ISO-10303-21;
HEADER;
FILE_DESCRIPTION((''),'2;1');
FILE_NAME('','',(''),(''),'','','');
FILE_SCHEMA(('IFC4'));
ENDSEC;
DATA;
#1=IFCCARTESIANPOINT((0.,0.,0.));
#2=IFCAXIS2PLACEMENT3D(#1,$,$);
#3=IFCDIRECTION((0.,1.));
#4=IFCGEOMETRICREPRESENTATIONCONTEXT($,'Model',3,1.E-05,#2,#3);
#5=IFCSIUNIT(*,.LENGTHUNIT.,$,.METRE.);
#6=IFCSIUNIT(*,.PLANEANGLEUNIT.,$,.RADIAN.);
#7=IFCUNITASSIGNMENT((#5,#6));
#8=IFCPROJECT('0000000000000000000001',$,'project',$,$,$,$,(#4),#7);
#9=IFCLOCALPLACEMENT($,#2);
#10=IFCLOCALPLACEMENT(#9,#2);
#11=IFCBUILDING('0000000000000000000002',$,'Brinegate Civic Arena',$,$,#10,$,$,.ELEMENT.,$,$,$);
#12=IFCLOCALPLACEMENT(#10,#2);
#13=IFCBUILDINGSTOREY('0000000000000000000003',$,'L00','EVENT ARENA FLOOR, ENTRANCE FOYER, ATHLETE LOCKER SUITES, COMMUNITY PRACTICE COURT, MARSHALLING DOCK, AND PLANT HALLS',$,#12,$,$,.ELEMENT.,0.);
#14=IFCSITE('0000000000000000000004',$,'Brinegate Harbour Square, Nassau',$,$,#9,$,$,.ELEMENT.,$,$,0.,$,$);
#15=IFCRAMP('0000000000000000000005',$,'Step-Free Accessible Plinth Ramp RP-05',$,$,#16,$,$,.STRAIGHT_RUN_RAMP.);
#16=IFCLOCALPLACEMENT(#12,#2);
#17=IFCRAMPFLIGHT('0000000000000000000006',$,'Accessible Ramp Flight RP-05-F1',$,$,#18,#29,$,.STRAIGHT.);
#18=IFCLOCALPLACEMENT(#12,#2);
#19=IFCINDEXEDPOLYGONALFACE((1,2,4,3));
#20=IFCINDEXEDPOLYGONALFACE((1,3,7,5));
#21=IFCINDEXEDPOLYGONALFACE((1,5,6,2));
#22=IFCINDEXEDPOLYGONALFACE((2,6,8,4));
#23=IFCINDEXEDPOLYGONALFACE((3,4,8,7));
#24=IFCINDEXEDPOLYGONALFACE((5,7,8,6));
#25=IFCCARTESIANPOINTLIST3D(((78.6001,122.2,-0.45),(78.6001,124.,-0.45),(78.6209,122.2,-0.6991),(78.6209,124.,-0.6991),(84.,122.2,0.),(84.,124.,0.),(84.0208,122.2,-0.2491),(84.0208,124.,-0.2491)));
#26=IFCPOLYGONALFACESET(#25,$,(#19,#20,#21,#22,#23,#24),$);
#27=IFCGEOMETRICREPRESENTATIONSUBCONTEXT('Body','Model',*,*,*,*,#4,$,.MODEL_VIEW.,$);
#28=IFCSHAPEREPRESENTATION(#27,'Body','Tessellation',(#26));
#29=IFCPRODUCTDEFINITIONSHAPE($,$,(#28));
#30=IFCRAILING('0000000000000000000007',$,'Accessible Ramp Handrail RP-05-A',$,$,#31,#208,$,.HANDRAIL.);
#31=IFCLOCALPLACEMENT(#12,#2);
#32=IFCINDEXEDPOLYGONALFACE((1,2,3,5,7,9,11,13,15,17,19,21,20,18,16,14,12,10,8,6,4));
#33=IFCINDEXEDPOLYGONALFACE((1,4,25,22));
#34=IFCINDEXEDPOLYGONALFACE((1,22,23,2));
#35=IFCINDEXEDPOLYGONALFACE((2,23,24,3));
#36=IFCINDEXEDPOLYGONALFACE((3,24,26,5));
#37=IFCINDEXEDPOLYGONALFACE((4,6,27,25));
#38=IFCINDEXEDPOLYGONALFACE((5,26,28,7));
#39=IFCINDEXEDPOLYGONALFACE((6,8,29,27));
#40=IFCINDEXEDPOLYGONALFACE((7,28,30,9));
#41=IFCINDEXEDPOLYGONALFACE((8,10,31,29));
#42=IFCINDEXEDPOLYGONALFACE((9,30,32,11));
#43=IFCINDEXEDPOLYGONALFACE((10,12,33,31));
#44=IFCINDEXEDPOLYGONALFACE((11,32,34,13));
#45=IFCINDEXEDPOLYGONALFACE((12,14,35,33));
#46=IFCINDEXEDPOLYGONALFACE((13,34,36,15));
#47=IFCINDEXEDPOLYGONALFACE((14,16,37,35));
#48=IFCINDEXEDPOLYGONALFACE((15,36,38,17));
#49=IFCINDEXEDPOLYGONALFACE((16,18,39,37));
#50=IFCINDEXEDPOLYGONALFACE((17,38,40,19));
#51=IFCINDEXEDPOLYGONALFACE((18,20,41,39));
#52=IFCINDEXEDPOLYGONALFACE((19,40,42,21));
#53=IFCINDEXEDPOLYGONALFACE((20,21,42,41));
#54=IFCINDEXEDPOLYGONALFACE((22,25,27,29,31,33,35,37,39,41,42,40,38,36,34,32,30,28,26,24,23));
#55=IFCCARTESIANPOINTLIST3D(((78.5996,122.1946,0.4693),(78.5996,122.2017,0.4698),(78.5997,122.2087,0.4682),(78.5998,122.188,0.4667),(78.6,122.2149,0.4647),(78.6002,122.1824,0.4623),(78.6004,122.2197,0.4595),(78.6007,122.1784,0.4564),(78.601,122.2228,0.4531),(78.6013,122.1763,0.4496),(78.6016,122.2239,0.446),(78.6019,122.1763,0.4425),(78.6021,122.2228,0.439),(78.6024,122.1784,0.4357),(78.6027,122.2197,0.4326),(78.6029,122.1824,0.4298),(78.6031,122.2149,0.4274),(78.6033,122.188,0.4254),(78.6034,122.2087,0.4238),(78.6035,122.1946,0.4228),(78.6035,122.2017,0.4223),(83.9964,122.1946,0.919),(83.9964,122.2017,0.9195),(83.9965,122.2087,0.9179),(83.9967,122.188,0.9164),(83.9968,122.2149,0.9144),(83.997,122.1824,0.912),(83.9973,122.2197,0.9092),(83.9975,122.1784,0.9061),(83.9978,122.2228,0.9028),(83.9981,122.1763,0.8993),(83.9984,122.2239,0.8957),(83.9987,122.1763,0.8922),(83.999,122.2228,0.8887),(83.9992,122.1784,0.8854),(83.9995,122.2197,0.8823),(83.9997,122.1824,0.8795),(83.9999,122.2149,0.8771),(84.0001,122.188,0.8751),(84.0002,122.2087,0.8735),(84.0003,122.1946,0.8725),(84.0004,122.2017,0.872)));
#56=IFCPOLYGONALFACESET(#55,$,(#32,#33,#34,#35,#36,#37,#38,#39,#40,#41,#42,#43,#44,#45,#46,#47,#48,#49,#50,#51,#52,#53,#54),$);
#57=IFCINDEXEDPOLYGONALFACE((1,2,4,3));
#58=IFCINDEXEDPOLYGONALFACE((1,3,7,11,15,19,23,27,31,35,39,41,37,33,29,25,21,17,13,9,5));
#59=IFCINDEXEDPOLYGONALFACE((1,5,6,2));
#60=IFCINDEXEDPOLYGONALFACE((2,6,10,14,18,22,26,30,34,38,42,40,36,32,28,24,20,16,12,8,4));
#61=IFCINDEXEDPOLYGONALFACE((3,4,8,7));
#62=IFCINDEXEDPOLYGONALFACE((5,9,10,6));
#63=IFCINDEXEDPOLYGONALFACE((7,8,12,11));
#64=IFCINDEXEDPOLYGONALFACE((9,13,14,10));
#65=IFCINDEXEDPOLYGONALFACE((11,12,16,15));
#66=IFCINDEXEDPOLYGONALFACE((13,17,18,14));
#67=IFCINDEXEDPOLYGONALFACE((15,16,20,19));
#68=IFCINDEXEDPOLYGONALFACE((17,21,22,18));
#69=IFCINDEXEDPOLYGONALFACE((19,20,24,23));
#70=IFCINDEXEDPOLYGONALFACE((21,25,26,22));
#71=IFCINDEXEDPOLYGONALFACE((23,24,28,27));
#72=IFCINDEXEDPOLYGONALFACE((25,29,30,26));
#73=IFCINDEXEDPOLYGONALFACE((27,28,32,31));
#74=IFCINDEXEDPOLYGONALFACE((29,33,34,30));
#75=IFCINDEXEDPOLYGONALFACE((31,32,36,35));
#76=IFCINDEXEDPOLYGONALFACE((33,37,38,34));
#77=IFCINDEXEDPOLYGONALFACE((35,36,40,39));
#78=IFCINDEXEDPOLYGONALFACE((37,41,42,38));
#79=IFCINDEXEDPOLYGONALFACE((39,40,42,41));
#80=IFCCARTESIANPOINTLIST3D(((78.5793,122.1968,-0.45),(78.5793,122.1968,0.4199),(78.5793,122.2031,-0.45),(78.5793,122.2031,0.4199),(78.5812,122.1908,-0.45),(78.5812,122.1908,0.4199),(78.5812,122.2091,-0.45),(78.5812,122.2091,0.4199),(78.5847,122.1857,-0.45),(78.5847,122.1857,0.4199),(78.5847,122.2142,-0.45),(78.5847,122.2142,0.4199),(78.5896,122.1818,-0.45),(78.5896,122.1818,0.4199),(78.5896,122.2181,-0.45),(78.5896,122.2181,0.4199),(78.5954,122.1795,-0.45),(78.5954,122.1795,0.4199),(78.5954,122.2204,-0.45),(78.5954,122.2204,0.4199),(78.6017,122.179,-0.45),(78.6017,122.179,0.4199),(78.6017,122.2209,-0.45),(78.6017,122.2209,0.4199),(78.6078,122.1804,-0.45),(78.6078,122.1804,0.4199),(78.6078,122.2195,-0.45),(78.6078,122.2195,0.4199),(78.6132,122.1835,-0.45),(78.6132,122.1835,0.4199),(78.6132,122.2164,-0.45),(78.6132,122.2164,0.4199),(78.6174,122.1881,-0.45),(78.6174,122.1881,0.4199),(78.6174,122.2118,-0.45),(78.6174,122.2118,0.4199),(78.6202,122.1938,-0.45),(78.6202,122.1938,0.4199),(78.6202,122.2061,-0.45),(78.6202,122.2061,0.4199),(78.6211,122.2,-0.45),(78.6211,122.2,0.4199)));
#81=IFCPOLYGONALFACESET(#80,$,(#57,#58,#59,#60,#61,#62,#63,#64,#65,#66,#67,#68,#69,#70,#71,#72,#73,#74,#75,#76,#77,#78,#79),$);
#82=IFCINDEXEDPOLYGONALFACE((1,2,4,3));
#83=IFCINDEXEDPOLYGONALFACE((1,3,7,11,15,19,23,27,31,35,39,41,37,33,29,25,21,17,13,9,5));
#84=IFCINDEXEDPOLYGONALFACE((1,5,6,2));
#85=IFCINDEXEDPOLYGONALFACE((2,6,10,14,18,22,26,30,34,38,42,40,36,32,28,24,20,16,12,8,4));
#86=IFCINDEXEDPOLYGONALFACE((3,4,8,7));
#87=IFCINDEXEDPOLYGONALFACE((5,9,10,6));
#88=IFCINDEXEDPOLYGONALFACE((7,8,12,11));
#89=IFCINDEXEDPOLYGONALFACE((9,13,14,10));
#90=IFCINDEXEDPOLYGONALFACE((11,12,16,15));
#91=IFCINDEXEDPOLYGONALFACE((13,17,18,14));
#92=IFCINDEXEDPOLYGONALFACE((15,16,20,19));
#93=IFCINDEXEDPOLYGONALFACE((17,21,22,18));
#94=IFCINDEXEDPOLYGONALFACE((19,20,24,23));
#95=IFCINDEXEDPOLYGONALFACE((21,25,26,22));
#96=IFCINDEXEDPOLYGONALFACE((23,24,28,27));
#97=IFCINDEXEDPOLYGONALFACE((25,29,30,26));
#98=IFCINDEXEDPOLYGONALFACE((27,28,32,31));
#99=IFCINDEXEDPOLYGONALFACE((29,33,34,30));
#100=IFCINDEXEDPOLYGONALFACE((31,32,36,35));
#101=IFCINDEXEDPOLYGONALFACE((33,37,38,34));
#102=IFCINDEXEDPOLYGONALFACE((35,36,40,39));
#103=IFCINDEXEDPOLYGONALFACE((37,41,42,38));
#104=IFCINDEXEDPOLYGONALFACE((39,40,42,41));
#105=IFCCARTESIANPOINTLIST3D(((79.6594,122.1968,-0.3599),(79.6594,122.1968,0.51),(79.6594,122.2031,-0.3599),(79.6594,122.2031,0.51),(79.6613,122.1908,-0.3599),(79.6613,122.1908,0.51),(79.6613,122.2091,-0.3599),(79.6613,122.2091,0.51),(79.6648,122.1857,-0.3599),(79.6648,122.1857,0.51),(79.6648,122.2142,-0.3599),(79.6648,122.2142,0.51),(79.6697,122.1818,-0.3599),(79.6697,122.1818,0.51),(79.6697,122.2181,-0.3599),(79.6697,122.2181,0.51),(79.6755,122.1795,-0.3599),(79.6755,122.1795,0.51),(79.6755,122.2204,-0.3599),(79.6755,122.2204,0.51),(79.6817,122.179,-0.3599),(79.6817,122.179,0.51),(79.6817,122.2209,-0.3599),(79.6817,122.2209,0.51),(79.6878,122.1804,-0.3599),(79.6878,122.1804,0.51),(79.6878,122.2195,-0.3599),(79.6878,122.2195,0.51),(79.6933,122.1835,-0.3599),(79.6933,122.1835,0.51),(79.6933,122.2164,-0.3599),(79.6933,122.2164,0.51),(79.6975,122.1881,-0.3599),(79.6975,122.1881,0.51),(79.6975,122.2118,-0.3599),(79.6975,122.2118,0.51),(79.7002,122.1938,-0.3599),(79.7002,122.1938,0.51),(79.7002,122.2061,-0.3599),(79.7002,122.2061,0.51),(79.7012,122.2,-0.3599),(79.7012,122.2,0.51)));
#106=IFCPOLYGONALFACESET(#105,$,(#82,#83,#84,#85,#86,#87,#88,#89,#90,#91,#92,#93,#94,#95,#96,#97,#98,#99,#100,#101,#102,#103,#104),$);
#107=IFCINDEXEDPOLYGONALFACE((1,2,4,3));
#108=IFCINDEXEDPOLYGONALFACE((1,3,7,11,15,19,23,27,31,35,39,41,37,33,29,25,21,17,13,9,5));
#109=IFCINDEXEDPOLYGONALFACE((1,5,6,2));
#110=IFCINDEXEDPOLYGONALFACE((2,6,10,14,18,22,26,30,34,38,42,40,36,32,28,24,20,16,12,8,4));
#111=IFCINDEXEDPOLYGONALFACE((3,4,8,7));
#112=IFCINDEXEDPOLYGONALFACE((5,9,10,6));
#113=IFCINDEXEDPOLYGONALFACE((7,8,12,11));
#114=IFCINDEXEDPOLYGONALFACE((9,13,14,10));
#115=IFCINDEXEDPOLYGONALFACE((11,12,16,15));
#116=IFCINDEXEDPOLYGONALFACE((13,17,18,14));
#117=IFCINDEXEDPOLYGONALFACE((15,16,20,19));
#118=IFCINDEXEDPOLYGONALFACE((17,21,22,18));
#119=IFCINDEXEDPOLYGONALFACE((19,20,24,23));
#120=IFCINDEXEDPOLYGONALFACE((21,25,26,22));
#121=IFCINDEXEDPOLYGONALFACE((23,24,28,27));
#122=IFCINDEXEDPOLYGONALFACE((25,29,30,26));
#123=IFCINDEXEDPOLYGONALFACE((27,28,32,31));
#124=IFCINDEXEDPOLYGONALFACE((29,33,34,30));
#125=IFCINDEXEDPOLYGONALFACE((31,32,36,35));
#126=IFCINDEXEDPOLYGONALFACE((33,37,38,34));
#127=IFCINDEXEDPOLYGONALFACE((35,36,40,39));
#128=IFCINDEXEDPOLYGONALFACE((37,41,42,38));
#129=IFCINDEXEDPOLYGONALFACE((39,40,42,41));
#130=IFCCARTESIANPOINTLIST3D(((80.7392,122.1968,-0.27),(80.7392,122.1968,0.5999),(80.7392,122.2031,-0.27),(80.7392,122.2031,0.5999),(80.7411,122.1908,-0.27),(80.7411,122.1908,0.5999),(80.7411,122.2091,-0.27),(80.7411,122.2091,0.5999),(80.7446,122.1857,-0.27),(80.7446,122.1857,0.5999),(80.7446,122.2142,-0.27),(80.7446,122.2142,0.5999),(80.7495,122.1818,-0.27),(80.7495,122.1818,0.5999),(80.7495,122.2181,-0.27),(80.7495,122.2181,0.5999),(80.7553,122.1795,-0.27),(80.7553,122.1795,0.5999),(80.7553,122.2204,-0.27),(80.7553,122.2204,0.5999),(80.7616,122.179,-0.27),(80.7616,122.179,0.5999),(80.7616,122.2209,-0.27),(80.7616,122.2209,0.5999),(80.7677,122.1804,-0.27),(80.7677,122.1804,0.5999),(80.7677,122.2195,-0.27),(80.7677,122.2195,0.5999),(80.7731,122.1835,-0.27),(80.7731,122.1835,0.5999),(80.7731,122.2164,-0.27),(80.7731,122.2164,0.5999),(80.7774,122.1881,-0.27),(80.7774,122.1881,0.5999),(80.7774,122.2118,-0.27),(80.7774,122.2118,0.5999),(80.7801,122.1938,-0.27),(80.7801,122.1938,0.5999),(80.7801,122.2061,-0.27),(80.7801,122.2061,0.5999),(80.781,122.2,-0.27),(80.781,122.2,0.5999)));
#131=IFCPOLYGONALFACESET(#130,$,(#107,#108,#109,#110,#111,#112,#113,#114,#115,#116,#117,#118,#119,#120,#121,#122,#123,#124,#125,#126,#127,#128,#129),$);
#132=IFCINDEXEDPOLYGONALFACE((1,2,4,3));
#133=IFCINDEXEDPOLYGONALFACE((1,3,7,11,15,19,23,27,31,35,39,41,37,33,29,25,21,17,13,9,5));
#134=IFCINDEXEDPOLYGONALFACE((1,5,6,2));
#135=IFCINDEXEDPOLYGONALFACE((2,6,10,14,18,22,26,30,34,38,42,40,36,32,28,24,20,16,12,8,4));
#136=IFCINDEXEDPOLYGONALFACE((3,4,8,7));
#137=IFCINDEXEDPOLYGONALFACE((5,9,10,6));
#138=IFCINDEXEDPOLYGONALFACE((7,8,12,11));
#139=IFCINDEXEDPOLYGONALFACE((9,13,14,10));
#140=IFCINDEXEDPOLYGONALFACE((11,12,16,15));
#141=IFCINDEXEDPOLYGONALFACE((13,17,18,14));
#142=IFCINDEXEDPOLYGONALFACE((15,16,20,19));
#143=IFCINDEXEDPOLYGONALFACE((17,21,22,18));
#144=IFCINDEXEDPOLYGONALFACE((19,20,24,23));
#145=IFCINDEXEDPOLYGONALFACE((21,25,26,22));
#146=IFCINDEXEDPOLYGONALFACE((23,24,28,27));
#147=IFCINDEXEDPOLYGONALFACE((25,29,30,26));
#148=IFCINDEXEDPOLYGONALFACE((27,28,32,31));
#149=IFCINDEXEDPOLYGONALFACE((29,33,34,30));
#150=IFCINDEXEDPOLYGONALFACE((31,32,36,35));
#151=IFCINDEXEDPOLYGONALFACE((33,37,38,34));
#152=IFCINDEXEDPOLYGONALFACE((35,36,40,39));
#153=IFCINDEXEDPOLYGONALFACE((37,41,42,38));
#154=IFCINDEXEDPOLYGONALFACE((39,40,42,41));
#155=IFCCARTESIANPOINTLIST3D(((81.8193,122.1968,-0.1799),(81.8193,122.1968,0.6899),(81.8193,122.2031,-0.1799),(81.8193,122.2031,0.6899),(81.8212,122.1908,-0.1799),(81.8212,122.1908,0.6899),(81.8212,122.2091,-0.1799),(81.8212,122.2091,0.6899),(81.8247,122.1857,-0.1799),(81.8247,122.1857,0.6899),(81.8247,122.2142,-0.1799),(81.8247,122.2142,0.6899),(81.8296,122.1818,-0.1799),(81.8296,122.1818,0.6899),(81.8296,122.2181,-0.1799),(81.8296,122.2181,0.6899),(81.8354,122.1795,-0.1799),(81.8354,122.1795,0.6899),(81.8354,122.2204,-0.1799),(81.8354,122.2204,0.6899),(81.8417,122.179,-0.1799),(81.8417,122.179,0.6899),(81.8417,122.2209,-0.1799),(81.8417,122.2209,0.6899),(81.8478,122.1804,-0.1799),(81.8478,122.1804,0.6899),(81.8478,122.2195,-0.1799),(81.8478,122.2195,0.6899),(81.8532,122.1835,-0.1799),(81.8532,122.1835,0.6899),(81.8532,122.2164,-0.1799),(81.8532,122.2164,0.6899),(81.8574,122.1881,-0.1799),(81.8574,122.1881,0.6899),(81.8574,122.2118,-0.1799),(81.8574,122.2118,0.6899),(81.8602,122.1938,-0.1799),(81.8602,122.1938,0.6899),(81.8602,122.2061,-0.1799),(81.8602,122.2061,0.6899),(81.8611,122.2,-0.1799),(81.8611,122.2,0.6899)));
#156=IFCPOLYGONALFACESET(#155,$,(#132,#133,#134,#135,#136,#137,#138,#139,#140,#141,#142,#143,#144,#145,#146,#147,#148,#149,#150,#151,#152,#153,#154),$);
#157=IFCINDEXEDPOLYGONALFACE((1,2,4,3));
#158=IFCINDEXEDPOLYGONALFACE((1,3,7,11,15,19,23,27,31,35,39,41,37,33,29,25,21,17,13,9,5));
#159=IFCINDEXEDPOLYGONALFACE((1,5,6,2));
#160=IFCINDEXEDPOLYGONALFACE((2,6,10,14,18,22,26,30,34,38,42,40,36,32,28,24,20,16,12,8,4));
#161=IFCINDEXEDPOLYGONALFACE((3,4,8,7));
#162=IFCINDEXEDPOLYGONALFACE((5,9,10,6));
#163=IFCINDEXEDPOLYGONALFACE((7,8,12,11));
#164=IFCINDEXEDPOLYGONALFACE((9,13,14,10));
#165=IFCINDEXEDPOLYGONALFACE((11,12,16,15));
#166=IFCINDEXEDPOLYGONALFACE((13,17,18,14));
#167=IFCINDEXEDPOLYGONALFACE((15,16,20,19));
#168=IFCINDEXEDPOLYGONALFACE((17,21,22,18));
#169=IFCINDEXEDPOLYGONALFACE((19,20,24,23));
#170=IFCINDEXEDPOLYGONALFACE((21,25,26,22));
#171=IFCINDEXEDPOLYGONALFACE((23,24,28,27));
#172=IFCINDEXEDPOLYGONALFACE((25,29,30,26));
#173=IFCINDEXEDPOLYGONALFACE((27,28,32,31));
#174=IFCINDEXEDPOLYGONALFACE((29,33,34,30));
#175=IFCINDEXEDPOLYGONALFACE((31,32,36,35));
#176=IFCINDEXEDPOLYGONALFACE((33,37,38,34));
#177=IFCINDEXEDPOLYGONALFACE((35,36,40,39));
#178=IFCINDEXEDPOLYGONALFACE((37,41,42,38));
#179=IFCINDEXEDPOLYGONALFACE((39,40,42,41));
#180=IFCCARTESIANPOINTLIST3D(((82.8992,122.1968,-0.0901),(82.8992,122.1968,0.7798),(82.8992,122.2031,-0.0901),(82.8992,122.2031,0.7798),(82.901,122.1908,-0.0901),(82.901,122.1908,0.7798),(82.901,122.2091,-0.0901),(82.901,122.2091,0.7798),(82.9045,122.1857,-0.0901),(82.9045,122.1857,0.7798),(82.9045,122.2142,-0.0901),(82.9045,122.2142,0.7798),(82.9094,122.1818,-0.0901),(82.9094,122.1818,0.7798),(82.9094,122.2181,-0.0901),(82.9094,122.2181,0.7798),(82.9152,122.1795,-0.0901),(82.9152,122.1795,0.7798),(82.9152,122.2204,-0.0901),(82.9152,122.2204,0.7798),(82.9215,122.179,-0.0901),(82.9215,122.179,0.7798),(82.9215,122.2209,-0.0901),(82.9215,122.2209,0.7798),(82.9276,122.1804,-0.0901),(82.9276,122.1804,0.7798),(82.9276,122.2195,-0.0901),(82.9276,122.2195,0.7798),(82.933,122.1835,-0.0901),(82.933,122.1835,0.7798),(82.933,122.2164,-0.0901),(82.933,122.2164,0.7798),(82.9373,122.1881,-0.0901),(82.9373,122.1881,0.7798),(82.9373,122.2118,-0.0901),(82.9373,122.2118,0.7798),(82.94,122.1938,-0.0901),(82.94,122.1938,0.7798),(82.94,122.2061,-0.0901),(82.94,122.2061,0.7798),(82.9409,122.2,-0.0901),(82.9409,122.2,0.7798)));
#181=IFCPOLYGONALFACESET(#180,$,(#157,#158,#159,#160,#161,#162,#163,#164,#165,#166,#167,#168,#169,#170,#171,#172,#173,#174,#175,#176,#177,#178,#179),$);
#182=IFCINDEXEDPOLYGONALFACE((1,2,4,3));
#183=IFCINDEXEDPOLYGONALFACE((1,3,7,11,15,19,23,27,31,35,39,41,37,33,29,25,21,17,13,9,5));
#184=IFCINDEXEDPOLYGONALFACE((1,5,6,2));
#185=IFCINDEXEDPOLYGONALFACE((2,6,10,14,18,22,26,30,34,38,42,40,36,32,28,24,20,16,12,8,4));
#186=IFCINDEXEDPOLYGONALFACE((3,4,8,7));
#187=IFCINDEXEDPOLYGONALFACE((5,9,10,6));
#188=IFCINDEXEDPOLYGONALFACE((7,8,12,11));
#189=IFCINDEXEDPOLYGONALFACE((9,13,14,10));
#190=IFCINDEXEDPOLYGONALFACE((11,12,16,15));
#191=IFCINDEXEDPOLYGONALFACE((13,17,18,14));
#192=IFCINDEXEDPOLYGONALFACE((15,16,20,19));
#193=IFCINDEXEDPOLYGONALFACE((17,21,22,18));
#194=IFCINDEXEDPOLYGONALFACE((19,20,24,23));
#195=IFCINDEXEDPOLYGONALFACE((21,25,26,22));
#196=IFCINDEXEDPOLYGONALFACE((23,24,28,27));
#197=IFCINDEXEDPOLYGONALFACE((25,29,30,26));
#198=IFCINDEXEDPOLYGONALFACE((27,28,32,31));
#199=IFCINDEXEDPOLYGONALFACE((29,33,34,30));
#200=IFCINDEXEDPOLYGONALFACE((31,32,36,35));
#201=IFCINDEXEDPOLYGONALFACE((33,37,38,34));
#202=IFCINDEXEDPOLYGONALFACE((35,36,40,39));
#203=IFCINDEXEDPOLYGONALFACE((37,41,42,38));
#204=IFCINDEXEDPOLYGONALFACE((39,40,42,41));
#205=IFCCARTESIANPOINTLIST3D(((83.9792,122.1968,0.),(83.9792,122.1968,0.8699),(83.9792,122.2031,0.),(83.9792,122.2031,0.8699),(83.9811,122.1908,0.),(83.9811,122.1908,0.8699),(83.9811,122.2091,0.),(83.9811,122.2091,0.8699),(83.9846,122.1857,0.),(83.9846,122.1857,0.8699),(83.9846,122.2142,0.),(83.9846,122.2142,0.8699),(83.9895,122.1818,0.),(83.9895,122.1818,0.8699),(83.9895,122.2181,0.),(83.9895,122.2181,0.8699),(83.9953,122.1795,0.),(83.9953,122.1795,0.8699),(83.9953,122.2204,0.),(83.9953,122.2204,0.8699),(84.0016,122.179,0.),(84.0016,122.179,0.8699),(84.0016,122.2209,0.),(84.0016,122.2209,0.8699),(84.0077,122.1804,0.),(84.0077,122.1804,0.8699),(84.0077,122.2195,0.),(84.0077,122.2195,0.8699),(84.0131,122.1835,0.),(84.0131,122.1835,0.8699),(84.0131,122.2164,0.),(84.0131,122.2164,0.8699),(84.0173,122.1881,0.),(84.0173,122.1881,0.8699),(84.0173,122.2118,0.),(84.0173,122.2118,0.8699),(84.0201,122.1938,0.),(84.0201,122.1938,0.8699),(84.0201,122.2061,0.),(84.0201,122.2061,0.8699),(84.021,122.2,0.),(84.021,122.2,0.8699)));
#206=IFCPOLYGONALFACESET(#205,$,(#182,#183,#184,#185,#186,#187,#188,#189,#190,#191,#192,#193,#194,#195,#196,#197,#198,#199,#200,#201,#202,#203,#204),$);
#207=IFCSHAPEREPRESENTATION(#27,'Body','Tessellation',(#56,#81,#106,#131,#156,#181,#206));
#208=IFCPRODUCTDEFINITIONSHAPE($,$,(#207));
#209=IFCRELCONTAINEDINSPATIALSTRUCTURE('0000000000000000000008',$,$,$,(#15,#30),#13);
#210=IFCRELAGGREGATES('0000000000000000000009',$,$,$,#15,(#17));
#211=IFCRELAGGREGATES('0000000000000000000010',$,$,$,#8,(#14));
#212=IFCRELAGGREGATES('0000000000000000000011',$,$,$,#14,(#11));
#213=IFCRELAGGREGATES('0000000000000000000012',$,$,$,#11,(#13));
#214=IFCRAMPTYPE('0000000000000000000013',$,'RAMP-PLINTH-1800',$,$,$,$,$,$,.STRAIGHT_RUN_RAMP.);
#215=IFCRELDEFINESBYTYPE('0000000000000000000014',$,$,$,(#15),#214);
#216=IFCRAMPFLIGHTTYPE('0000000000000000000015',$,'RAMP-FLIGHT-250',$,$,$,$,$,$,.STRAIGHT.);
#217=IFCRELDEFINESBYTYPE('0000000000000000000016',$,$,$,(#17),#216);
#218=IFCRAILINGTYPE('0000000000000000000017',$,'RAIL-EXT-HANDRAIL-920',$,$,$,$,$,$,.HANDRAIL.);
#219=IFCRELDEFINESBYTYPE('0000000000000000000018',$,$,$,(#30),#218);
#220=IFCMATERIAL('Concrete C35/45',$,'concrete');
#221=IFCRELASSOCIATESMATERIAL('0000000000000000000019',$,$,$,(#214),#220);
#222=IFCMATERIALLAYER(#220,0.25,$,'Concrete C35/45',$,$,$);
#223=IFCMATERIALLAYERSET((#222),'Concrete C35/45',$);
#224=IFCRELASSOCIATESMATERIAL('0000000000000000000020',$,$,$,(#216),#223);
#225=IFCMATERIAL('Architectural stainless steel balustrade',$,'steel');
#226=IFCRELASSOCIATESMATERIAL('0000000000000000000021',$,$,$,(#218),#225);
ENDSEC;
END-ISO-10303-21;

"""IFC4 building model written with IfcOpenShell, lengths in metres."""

from ifc_helpers import new_model, si_unit, direction, frame, origin, origin_2d, place, context, subcontext, project, spatial, polyline, circle, outline, extrude, material, layer, layer_set, type_object, element, aggregate, save


model = new_model("IFC4")

# Units and contexts
model_context = context("Model", 3, precision=1e-05, world=origin(), true_north=direction((0.0, 1.0)))
body_context = subcontext(model_context, "Body", "Model", "MODEL_VIEW")
ifc_project = project(units=[si_unit("LENGTHUNIT", "METRE"), si_unit("PLANEANGLEUNIT", "RADIAN")], contexts=[model_context])

# Site, building, storey
site_placement = place(None, origin())
site = spatial("IfcSite", under=ifc_project, at=site_placement, Name="Brinegate Harbour Square, Nassau", CompositionType="ELEMENT", RefElevation=0.0)
building_placement = place(site_placement, origin())
building = spatial("IfcBuilding", under=site, at=building_placement, Name="Brinegate Civic Arena", CompositionType="ELEMENT")
storey_placement = place(building_placement, origin())
storey = spatial("IfcBuildingStorey", under=building, at=storey_placement, Name="L00", Description="EVENT ARENA FLOOR, ENTRANCE FOYER, ATHLETE LOCKER SUITES, COMMUNITY PRACTICE COURT, MARSHALLING DOCK, AND PLANT HALLS", CompositionType="ELEMENT", Elevation=0.0)

# Ramp, ramp flight
ifc_material_1 = material(Name="Concrete C35/45", Category="concrete")
ramp_type = type_object("IfcRampType", Name="RAMP-PLINTH-1800", PredefinedType="STRAIGHT_RUN_RAMP", material=ifc_material_1)
ramp_placement = place(storey_placement, origin())
ramp = element("IfcRamp", 1, at=ramp_placement, inside=storey, type_object=ramp_type, Name="Step-Free Accessible Plinth Ramp RP-05", PredefinedType="STRAIGHT_RUN_RAMP")
ifc_layer_1 = layer(ifc_material_1, 0.25, Name="Concrete C35/45")
ifc_layer_set_1 = layer_set([ifc_layer_1], Name="Concrete C35/45")
ramp_flight_type = type_object("IfcRampFlightType", Name="RAMP-FLIGHT-250", PredefinedType="STRAIGHT", material=ifc_layer_set_1)
ramp_flight_placement = place(storey_placement, frame((78.6001, 122.2, -0.45), z_axis=(-0.083038, 0.0, 0.996546), x_axis=(0.996546, 0.0, 0.083038)))
ramp_flight = element("IfcRampFlight", 2, at=ramp_flight_placement, type_object=ramp_flight_type, Name="Accessible Ramp Flight RP-05-F1", PredefinedType="STRAIGHT", context=body_context, shape_type="SweptSolid", body=[
    extrude(outline(polyline([(0.0, 0.0), (5.4186, 0.0), (5.4186, 1.8), (0.0, 1.8), (0.0, 0.0)])), origin(), (0.0, 0.0, -1.0), 0.25),
])
aggregate(ramp, [ramp_flight])

# Railing
ifc_material_2 = material(Name="Architectural stainless steel balustrade", Category="steel")
railing_type = type_object("IfcRailingType", Name="RAIL-EXT-HANDRAIL-920", PredefinedType="HANDRAIL", material=ifc_material_2)
for number, where, name in (
    (3, (78.6001, 122.2, -0.45), "Accessible Ramp Handrail RP-05-A"),
):
    element("IfcRailing", number, at=place(storey_placement, frame(where)), inside=storey, type_object=railing_type, Name=name, PredefinedType="HANDRAIL", context=body_context, shape_type="SweptSolid", body=[
        extrude(circle(Radius=0.0239, at=origin_2d()), frame((0.0015, 0.0, 0.896), z_axis=(0.996546, 0.0, 0.083038), x_axis=(0.0, 1.0, 0.0)), (0.0, 0.0, 1.0), 5.4155),
        extrude(circle(Radius=0.021, at=origin_2d()), origin(), (0.0, 0.0, 1.0), 0.8699),
        extrude(circle(Radius=0.021, at=origin_2d()), frame((1.0801, 0.0, 0.0901)), (0.0, 0.0, 1.0), 0.8699),
        extrude(circle(Radius=0.021, at=origin_2d()), frame((2.1599, 0.0, 0.1799)), (0.0, 0.0, 1.0), 0.8699),
        extrude(circle(Radius=0.021, at=origin_2d()), frame((3.24, 0.0, 0.27)), (0.0, 0.0, 1.0), 0.8699),
        extrude(circle(Radius=0.021, at=origin_2d()), frame((4.3198, 0.0, 0.3599)), (0.0, 0.0, 1.0), 0.8699),
        extrude(circle(Radius=0.021, at=origin_2d()), frame((5.3999, 0.0, 0.45)), (0.0, 0.0, 1.0), 0.8699),
    ])

save(model, "model.ifc")
